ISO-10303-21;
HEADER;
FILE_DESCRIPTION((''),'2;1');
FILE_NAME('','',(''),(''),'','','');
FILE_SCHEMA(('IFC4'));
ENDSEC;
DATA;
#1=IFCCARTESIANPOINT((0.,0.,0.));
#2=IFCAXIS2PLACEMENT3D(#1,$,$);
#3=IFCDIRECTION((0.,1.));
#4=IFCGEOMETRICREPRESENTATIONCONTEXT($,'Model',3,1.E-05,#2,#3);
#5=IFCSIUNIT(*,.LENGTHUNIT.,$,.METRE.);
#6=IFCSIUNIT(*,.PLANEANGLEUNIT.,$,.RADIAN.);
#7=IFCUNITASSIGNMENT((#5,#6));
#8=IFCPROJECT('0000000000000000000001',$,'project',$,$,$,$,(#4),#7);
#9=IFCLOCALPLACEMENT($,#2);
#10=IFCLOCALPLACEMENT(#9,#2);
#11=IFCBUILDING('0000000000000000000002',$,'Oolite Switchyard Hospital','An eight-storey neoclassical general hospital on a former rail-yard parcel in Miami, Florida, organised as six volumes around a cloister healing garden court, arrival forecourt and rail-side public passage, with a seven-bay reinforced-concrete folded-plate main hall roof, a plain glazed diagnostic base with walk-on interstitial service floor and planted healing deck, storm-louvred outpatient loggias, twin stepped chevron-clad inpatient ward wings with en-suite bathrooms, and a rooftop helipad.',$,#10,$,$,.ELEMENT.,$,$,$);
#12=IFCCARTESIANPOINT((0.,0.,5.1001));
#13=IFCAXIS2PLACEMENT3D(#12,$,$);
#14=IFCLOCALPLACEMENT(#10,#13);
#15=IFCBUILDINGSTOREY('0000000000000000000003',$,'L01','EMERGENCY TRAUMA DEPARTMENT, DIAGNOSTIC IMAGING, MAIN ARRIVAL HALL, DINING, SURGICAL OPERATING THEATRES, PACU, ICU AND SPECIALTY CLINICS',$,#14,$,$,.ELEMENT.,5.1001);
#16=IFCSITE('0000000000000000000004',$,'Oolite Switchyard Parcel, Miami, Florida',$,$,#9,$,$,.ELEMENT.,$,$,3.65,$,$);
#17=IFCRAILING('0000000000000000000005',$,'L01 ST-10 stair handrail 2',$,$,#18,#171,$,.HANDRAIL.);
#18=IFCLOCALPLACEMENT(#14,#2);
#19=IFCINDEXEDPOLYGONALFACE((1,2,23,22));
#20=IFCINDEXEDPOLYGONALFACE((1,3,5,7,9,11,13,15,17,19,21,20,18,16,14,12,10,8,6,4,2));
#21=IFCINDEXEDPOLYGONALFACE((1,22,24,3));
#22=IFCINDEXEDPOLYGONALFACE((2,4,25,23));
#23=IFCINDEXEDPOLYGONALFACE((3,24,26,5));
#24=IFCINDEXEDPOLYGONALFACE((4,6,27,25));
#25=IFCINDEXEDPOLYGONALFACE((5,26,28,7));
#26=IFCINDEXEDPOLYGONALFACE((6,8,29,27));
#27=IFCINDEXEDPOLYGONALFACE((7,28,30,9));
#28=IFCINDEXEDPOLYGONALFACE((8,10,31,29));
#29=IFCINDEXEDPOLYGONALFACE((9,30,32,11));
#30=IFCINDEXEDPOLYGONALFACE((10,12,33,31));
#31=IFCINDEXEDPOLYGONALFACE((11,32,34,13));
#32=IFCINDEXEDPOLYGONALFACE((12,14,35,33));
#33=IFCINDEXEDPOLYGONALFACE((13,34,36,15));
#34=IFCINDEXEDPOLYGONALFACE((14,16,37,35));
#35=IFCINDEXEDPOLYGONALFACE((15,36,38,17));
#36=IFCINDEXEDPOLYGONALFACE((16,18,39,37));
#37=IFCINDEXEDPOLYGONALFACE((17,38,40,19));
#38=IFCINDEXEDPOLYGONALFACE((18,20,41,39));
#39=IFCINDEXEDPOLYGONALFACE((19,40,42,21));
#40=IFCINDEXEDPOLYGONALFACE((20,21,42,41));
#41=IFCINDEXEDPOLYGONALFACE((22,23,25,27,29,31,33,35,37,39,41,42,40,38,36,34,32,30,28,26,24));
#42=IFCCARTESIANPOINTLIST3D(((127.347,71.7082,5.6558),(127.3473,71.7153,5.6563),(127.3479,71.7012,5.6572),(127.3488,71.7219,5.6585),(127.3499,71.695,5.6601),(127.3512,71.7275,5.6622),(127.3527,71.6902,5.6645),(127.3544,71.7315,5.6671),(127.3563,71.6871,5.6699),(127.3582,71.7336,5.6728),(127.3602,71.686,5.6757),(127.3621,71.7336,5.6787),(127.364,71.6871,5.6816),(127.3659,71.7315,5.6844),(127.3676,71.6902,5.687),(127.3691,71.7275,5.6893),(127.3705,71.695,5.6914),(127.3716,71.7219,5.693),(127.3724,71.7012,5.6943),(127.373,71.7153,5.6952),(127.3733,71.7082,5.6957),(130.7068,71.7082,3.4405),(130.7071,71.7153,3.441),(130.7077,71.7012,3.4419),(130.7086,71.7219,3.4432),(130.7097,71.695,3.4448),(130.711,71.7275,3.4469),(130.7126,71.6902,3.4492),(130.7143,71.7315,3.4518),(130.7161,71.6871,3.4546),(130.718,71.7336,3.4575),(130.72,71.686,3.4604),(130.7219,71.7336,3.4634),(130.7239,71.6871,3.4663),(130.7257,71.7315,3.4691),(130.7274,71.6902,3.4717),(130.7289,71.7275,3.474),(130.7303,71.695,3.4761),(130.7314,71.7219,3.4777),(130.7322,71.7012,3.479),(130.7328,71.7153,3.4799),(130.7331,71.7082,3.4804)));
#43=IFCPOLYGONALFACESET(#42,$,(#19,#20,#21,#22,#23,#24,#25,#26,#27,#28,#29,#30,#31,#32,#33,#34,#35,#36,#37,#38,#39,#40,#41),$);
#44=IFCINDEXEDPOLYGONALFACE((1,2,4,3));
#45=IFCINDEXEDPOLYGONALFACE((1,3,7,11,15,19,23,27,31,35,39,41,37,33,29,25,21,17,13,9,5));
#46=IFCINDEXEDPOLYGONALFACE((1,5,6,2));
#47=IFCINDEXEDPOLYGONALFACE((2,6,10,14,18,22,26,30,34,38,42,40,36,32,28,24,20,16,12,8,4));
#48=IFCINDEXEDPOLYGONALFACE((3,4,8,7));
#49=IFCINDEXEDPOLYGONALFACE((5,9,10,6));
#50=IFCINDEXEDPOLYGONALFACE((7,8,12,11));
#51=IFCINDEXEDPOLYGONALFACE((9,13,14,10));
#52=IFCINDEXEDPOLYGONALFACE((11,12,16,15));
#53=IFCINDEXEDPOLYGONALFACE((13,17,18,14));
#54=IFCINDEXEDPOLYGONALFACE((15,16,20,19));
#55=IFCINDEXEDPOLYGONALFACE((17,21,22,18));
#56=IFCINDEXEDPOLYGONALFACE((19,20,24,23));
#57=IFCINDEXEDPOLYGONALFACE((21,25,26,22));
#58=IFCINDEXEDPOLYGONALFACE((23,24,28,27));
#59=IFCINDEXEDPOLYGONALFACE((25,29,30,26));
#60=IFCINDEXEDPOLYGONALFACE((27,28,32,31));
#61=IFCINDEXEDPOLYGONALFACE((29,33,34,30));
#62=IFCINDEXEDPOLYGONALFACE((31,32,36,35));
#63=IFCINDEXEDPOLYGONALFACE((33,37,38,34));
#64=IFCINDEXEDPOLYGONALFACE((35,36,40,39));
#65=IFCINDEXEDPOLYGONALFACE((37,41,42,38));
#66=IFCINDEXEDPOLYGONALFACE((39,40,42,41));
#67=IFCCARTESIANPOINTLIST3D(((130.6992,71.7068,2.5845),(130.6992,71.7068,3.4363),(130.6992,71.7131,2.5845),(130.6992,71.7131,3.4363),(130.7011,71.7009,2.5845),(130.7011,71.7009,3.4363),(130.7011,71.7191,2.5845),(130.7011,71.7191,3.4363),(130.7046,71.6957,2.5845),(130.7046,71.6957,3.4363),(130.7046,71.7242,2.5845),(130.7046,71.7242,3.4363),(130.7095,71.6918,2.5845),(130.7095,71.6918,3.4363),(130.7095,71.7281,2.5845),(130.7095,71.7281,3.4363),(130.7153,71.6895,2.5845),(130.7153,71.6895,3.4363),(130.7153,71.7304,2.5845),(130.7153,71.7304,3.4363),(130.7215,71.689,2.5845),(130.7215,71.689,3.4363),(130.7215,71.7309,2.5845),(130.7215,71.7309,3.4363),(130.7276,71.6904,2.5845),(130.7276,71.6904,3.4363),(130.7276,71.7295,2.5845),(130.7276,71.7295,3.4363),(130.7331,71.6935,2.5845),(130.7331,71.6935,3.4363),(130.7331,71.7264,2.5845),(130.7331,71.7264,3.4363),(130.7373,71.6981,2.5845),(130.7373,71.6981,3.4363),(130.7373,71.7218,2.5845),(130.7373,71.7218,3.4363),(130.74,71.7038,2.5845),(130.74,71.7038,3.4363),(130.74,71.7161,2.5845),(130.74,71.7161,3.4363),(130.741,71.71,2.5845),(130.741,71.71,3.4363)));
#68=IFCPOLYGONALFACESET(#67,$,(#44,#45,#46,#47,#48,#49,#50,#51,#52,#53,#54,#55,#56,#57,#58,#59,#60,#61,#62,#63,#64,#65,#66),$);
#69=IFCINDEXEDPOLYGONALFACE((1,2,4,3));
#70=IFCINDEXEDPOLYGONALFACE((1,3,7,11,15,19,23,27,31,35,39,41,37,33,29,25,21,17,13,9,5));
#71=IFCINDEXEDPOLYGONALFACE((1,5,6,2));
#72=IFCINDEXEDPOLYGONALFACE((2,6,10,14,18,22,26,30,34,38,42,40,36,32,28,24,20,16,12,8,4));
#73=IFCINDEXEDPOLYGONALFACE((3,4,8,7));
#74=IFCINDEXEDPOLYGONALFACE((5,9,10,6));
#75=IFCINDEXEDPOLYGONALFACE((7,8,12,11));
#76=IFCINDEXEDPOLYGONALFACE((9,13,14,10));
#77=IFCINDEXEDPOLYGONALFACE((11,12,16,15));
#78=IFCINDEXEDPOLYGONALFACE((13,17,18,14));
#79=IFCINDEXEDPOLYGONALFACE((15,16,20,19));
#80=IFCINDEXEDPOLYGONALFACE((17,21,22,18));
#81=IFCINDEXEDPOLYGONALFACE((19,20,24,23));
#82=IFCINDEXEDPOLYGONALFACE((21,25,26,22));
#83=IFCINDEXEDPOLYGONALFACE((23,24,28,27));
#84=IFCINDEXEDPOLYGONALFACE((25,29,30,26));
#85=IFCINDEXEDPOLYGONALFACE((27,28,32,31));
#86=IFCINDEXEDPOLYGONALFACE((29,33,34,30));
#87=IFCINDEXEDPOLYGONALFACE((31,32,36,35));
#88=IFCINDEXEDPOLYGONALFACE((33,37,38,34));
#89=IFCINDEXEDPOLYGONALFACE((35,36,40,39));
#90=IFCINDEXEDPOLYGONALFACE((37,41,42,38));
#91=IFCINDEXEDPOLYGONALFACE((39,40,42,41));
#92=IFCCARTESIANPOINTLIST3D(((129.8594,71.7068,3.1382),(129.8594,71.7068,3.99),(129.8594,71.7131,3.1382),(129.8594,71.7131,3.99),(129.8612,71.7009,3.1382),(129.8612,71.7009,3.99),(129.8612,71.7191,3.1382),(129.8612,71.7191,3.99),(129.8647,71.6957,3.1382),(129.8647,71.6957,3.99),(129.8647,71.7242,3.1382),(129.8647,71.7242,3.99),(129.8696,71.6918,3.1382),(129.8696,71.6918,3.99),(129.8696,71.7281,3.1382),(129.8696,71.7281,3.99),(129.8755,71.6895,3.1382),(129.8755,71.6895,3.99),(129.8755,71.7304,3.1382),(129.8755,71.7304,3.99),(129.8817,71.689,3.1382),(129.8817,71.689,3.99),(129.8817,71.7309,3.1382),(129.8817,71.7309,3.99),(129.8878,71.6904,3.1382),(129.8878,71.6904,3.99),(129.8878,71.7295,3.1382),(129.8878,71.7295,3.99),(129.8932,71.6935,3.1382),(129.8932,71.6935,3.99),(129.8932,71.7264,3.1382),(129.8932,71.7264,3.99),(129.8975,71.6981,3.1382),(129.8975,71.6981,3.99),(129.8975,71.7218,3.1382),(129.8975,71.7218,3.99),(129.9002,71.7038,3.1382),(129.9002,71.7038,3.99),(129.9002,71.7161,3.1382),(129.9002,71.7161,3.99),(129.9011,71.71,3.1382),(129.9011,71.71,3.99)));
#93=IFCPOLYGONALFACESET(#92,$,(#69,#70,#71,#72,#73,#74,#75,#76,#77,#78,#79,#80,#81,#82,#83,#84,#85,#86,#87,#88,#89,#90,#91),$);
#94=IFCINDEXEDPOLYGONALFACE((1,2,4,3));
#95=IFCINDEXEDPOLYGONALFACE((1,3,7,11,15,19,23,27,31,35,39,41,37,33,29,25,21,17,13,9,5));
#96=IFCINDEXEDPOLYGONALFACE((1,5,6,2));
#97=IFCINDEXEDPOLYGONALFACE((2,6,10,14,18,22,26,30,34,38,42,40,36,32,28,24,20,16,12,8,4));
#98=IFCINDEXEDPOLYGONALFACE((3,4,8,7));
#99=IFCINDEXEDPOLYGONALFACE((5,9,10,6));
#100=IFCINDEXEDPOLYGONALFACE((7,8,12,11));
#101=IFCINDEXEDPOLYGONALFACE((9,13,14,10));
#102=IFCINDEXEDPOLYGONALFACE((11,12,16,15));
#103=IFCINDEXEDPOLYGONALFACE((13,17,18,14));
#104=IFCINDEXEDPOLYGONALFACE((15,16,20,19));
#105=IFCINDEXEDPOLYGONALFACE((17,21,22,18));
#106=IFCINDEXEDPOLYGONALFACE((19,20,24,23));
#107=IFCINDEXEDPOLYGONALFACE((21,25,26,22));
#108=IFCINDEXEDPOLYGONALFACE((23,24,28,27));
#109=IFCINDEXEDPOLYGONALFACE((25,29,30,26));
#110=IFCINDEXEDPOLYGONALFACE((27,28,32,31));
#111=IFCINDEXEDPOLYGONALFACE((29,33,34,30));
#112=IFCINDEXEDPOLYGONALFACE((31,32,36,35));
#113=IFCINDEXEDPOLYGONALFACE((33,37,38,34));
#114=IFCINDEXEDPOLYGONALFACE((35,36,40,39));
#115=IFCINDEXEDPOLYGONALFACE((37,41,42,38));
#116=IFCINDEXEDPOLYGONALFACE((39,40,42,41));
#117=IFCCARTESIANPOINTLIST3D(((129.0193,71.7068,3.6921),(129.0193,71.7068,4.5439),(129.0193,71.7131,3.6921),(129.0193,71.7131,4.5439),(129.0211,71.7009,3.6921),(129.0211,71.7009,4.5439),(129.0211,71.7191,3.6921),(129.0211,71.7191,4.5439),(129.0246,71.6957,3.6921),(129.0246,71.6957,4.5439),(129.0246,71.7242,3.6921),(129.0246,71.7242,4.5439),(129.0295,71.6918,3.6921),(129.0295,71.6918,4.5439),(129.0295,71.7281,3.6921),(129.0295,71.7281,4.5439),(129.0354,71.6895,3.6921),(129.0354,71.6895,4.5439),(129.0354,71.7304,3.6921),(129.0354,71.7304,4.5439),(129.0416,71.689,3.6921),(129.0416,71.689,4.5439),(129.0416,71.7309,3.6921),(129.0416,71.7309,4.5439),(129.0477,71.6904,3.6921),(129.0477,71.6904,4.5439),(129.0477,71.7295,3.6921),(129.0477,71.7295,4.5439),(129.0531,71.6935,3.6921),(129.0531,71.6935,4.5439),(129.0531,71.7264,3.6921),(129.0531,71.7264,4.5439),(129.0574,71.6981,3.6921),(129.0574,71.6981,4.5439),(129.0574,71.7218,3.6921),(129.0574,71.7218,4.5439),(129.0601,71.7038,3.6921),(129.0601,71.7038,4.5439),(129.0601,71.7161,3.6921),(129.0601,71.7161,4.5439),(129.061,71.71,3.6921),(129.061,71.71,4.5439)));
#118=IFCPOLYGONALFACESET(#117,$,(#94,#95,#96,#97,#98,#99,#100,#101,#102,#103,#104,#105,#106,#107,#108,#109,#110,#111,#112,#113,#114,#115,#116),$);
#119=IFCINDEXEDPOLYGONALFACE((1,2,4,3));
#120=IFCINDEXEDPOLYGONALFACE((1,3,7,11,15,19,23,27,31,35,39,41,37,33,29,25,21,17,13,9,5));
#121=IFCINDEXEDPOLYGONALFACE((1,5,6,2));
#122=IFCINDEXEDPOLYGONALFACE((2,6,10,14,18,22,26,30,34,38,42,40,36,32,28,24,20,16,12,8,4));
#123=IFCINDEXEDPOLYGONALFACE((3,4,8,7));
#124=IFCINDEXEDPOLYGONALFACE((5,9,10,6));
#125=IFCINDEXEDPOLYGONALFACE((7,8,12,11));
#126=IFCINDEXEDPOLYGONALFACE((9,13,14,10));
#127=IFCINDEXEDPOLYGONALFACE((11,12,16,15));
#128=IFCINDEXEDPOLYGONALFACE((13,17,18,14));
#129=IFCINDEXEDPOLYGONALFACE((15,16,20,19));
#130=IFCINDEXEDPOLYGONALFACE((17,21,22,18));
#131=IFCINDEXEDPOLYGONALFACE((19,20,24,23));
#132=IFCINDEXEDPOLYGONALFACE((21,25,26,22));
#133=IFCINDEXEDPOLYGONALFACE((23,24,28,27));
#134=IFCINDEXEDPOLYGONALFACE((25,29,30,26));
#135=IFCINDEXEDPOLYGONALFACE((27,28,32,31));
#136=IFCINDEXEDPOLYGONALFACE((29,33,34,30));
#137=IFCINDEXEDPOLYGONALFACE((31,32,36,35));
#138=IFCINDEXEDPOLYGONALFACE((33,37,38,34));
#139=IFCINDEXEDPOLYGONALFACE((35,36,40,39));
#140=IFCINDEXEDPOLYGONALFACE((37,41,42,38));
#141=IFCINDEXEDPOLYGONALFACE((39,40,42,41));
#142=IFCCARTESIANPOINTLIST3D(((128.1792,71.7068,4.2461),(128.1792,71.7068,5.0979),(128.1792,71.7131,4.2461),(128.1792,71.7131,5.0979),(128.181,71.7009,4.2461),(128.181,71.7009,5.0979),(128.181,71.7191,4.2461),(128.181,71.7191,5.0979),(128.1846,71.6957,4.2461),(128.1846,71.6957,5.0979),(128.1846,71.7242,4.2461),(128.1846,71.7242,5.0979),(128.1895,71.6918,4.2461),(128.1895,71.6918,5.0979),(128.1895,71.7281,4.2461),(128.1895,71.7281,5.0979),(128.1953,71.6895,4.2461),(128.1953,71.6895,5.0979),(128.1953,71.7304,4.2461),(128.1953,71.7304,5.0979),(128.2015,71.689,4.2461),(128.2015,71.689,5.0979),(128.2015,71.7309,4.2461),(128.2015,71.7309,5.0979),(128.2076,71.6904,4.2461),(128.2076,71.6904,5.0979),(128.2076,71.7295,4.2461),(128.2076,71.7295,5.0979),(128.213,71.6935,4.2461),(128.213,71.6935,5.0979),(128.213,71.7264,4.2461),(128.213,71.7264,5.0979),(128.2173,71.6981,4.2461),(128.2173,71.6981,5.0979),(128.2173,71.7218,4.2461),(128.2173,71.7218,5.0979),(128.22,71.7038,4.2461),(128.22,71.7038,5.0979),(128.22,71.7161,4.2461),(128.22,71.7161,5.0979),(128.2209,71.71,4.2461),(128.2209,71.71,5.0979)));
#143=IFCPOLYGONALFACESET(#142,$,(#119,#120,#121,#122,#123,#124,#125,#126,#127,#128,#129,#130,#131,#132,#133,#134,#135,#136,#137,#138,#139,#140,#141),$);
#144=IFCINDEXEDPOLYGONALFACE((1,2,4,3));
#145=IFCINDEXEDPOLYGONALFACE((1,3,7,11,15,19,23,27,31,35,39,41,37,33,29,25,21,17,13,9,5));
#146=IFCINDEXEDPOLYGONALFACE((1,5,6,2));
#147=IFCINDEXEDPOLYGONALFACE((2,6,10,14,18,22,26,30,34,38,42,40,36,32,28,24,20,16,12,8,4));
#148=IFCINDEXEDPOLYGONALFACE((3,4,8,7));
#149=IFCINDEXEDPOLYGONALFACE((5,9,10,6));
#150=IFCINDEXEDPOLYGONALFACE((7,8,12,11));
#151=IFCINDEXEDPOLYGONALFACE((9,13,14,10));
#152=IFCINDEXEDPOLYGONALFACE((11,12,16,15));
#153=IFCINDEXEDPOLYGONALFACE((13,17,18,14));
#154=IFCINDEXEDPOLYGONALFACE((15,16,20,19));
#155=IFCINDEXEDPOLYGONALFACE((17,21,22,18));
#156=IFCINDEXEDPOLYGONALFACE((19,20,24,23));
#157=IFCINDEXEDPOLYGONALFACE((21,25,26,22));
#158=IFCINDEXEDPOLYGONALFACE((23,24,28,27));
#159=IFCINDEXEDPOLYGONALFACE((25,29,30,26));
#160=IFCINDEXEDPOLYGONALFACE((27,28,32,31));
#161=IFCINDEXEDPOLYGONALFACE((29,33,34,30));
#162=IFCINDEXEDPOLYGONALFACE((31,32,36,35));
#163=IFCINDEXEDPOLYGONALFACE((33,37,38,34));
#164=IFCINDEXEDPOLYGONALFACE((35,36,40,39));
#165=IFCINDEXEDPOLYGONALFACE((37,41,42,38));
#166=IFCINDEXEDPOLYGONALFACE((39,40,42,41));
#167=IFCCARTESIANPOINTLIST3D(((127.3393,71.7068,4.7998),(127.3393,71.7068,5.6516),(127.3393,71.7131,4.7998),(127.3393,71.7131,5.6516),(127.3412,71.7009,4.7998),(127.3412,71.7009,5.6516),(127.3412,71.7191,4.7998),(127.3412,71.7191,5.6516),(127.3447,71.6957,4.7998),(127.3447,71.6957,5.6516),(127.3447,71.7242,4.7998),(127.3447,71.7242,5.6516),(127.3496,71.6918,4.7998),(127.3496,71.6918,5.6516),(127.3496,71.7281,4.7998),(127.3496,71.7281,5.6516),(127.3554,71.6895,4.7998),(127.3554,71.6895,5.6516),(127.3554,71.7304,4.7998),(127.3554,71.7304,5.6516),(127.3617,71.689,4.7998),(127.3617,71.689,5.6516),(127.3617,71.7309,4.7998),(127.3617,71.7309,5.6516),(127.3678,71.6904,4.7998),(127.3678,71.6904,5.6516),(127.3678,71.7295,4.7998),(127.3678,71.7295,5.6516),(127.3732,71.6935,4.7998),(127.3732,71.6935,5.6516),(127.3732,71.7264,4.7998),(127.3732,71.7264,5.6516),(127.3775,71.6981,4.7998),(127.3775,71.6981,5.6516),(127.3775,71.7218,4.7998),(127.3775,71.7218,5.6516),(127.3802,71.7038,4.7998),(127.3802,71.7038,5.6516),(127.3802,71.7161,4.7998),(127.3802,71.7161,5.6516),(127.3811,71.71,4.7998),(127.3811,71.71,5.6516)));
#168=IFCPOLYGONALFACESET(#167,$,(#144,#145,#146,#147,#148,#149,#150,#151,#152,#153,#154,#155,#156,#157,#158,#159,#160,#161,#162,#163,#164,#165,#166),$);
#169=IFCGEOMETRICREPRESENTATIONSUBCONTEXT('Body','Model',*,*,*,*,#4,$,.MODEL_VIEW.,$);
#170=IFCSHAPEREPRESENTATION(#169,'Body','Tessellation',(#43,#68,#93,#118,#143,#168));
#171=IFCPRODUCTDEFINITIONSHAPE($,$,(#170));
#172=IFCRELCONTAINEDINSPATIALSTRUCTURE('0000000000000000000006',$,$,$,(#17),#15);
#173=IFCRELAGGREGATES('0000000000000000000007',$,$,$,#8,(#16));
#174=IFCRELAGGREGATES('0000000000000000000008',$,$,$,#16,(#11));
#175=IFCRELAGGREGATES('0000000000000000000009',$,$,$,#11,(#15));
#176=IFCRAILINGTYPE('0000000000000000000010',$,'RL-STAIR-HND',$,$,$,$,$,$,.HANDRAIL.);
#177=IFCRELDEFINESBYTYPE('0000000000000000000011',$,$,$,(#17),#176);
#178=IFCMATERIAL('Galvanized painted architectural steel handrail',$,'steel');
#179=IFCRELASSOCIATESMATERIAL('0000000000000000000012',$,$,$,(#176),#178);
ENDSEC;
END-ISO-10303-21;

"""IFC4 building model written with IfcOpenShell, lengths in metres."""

from ifc_helpers import new_model, si_unit, direction, frame, origin, origin_2d, place, context, subcontext, project, spatial, circle, extrude, material, type_object, element, save


model = new_model("IFC4")

# Units and contexts
model_context = context("Model", 3, precision=1e-05, world=origin(), true_north=direction((0.0, 1.0)))
body_context = subcontext(model_context, "Body", "Model", "MODEL_VIEW")
ifc_project = project(units=[si_unit("LENGTHUNIT", "METRE"), si_unit("PLANEANGLEUNIT", "RADIAN")], contexts=[model_context])

# Site, building, storey
site_placement = place(None, origin())
site = spatial("IfcSite", under=ifc_project, at=site_placement, Name="Oolite Switchyard Parcel, Miami, Florida", CompositionType="ELEMENT", RefElevation=3.65)
building_placement = place(site_placement, origin())
building = spatial("IfcBuilding", under=site, at=building_placement, Name="Oolite Switchyard Hospital", Description="An eight-storey neoclassical general hospital on a former rail-yard parcel in Miami, Florida, organised as six volumes around a cloister healing garden court, arrival forecourt and rail-side public passage, with a seven-bay reinforced-concrete folded-plate main hall roof, a plain glazed diagnostic base with walk-on interstitial service floor and planted healing deck, storm-louvred outpatient loggias, twin stepped chevron-clad inpatient ward wings with en-suite bathrooms, and a rooftop helipad.", CompositionType="ELEMENT")
storey_placement = place(building_placement, frame((0.0, 0.0, 5.1001)))
storey = spatial("IfcBuildingStorey", under=building, at=storey_placement, Name="L01", Description="EMERGENCY TRAUMA DEPARTMENT, DIAGNOSTIC IMAGING, MAIN ARRIVAL HALL, DINING, SURGICAL OPERATING THEATRES, PACU, ICU AND SPECIALTY CLINICS", CompositionType="ELEMENT", Elevation=5.1001)

# Railing
ifc_material_1 = material(Name="Galvanized painted architectural steel handrail", Category="steel")
railing_type_1 = type_object("IfcRailingType", Name="RL-STAIR-HND", PredefinedType="HANDRAIL", material=ifc_material_1)
railing_1_placement = place(storey_placement, frame((130.72, 71.71, 2.5845)))
element("IfcRailing", 1, at=railing_1_placement, inside=storey, type_object=railing_type_1, Name="L01 ST-10 stair handrail 2", PredefinedType="HANDRAIL", context=body_context, shape_type="SweptSolid", body=[
    extrude(circle(Radius=0.0239, at=origin_2d()), frame((0.0, 0.0, 0.876), z_axis=(-0.834858, 0.0, 0.550465), x_axis=(0.0, -1.0, 0.0)), (0.0, 0.0, 1.0), 4.0244),
    extrude(circle(Radius=0.021, at=origin_2d()), origin(), (0.0, 0.0, 1.0), 0.8518),
    extrude(circle(Radius=0.021, at=origin_2d()), frame((-0.8398, 0.0, 0.5537)), (0.0, 0.0, 1.0), 0.8518),
    extrude(circle(Radius=0.021, at=origin_2d()), frame((-1.6799, 0.0, 1.1077)), (0.0, 0.0, 1.0), 0.8518),
    extrude(circle(Radius=0.021, at=origin_2d()), frame((-2.52, 0.0, 1.6616)), (0.0, 0.0, 1.0), 0.8518),
    extrude(circle(Radius=0.021, at=origin_2d()), frame((-3.3599, 0.0, 2.2153)), (0.0, 0.0, 1.0), 0.8518),
])

save(model, "model.ifc")
